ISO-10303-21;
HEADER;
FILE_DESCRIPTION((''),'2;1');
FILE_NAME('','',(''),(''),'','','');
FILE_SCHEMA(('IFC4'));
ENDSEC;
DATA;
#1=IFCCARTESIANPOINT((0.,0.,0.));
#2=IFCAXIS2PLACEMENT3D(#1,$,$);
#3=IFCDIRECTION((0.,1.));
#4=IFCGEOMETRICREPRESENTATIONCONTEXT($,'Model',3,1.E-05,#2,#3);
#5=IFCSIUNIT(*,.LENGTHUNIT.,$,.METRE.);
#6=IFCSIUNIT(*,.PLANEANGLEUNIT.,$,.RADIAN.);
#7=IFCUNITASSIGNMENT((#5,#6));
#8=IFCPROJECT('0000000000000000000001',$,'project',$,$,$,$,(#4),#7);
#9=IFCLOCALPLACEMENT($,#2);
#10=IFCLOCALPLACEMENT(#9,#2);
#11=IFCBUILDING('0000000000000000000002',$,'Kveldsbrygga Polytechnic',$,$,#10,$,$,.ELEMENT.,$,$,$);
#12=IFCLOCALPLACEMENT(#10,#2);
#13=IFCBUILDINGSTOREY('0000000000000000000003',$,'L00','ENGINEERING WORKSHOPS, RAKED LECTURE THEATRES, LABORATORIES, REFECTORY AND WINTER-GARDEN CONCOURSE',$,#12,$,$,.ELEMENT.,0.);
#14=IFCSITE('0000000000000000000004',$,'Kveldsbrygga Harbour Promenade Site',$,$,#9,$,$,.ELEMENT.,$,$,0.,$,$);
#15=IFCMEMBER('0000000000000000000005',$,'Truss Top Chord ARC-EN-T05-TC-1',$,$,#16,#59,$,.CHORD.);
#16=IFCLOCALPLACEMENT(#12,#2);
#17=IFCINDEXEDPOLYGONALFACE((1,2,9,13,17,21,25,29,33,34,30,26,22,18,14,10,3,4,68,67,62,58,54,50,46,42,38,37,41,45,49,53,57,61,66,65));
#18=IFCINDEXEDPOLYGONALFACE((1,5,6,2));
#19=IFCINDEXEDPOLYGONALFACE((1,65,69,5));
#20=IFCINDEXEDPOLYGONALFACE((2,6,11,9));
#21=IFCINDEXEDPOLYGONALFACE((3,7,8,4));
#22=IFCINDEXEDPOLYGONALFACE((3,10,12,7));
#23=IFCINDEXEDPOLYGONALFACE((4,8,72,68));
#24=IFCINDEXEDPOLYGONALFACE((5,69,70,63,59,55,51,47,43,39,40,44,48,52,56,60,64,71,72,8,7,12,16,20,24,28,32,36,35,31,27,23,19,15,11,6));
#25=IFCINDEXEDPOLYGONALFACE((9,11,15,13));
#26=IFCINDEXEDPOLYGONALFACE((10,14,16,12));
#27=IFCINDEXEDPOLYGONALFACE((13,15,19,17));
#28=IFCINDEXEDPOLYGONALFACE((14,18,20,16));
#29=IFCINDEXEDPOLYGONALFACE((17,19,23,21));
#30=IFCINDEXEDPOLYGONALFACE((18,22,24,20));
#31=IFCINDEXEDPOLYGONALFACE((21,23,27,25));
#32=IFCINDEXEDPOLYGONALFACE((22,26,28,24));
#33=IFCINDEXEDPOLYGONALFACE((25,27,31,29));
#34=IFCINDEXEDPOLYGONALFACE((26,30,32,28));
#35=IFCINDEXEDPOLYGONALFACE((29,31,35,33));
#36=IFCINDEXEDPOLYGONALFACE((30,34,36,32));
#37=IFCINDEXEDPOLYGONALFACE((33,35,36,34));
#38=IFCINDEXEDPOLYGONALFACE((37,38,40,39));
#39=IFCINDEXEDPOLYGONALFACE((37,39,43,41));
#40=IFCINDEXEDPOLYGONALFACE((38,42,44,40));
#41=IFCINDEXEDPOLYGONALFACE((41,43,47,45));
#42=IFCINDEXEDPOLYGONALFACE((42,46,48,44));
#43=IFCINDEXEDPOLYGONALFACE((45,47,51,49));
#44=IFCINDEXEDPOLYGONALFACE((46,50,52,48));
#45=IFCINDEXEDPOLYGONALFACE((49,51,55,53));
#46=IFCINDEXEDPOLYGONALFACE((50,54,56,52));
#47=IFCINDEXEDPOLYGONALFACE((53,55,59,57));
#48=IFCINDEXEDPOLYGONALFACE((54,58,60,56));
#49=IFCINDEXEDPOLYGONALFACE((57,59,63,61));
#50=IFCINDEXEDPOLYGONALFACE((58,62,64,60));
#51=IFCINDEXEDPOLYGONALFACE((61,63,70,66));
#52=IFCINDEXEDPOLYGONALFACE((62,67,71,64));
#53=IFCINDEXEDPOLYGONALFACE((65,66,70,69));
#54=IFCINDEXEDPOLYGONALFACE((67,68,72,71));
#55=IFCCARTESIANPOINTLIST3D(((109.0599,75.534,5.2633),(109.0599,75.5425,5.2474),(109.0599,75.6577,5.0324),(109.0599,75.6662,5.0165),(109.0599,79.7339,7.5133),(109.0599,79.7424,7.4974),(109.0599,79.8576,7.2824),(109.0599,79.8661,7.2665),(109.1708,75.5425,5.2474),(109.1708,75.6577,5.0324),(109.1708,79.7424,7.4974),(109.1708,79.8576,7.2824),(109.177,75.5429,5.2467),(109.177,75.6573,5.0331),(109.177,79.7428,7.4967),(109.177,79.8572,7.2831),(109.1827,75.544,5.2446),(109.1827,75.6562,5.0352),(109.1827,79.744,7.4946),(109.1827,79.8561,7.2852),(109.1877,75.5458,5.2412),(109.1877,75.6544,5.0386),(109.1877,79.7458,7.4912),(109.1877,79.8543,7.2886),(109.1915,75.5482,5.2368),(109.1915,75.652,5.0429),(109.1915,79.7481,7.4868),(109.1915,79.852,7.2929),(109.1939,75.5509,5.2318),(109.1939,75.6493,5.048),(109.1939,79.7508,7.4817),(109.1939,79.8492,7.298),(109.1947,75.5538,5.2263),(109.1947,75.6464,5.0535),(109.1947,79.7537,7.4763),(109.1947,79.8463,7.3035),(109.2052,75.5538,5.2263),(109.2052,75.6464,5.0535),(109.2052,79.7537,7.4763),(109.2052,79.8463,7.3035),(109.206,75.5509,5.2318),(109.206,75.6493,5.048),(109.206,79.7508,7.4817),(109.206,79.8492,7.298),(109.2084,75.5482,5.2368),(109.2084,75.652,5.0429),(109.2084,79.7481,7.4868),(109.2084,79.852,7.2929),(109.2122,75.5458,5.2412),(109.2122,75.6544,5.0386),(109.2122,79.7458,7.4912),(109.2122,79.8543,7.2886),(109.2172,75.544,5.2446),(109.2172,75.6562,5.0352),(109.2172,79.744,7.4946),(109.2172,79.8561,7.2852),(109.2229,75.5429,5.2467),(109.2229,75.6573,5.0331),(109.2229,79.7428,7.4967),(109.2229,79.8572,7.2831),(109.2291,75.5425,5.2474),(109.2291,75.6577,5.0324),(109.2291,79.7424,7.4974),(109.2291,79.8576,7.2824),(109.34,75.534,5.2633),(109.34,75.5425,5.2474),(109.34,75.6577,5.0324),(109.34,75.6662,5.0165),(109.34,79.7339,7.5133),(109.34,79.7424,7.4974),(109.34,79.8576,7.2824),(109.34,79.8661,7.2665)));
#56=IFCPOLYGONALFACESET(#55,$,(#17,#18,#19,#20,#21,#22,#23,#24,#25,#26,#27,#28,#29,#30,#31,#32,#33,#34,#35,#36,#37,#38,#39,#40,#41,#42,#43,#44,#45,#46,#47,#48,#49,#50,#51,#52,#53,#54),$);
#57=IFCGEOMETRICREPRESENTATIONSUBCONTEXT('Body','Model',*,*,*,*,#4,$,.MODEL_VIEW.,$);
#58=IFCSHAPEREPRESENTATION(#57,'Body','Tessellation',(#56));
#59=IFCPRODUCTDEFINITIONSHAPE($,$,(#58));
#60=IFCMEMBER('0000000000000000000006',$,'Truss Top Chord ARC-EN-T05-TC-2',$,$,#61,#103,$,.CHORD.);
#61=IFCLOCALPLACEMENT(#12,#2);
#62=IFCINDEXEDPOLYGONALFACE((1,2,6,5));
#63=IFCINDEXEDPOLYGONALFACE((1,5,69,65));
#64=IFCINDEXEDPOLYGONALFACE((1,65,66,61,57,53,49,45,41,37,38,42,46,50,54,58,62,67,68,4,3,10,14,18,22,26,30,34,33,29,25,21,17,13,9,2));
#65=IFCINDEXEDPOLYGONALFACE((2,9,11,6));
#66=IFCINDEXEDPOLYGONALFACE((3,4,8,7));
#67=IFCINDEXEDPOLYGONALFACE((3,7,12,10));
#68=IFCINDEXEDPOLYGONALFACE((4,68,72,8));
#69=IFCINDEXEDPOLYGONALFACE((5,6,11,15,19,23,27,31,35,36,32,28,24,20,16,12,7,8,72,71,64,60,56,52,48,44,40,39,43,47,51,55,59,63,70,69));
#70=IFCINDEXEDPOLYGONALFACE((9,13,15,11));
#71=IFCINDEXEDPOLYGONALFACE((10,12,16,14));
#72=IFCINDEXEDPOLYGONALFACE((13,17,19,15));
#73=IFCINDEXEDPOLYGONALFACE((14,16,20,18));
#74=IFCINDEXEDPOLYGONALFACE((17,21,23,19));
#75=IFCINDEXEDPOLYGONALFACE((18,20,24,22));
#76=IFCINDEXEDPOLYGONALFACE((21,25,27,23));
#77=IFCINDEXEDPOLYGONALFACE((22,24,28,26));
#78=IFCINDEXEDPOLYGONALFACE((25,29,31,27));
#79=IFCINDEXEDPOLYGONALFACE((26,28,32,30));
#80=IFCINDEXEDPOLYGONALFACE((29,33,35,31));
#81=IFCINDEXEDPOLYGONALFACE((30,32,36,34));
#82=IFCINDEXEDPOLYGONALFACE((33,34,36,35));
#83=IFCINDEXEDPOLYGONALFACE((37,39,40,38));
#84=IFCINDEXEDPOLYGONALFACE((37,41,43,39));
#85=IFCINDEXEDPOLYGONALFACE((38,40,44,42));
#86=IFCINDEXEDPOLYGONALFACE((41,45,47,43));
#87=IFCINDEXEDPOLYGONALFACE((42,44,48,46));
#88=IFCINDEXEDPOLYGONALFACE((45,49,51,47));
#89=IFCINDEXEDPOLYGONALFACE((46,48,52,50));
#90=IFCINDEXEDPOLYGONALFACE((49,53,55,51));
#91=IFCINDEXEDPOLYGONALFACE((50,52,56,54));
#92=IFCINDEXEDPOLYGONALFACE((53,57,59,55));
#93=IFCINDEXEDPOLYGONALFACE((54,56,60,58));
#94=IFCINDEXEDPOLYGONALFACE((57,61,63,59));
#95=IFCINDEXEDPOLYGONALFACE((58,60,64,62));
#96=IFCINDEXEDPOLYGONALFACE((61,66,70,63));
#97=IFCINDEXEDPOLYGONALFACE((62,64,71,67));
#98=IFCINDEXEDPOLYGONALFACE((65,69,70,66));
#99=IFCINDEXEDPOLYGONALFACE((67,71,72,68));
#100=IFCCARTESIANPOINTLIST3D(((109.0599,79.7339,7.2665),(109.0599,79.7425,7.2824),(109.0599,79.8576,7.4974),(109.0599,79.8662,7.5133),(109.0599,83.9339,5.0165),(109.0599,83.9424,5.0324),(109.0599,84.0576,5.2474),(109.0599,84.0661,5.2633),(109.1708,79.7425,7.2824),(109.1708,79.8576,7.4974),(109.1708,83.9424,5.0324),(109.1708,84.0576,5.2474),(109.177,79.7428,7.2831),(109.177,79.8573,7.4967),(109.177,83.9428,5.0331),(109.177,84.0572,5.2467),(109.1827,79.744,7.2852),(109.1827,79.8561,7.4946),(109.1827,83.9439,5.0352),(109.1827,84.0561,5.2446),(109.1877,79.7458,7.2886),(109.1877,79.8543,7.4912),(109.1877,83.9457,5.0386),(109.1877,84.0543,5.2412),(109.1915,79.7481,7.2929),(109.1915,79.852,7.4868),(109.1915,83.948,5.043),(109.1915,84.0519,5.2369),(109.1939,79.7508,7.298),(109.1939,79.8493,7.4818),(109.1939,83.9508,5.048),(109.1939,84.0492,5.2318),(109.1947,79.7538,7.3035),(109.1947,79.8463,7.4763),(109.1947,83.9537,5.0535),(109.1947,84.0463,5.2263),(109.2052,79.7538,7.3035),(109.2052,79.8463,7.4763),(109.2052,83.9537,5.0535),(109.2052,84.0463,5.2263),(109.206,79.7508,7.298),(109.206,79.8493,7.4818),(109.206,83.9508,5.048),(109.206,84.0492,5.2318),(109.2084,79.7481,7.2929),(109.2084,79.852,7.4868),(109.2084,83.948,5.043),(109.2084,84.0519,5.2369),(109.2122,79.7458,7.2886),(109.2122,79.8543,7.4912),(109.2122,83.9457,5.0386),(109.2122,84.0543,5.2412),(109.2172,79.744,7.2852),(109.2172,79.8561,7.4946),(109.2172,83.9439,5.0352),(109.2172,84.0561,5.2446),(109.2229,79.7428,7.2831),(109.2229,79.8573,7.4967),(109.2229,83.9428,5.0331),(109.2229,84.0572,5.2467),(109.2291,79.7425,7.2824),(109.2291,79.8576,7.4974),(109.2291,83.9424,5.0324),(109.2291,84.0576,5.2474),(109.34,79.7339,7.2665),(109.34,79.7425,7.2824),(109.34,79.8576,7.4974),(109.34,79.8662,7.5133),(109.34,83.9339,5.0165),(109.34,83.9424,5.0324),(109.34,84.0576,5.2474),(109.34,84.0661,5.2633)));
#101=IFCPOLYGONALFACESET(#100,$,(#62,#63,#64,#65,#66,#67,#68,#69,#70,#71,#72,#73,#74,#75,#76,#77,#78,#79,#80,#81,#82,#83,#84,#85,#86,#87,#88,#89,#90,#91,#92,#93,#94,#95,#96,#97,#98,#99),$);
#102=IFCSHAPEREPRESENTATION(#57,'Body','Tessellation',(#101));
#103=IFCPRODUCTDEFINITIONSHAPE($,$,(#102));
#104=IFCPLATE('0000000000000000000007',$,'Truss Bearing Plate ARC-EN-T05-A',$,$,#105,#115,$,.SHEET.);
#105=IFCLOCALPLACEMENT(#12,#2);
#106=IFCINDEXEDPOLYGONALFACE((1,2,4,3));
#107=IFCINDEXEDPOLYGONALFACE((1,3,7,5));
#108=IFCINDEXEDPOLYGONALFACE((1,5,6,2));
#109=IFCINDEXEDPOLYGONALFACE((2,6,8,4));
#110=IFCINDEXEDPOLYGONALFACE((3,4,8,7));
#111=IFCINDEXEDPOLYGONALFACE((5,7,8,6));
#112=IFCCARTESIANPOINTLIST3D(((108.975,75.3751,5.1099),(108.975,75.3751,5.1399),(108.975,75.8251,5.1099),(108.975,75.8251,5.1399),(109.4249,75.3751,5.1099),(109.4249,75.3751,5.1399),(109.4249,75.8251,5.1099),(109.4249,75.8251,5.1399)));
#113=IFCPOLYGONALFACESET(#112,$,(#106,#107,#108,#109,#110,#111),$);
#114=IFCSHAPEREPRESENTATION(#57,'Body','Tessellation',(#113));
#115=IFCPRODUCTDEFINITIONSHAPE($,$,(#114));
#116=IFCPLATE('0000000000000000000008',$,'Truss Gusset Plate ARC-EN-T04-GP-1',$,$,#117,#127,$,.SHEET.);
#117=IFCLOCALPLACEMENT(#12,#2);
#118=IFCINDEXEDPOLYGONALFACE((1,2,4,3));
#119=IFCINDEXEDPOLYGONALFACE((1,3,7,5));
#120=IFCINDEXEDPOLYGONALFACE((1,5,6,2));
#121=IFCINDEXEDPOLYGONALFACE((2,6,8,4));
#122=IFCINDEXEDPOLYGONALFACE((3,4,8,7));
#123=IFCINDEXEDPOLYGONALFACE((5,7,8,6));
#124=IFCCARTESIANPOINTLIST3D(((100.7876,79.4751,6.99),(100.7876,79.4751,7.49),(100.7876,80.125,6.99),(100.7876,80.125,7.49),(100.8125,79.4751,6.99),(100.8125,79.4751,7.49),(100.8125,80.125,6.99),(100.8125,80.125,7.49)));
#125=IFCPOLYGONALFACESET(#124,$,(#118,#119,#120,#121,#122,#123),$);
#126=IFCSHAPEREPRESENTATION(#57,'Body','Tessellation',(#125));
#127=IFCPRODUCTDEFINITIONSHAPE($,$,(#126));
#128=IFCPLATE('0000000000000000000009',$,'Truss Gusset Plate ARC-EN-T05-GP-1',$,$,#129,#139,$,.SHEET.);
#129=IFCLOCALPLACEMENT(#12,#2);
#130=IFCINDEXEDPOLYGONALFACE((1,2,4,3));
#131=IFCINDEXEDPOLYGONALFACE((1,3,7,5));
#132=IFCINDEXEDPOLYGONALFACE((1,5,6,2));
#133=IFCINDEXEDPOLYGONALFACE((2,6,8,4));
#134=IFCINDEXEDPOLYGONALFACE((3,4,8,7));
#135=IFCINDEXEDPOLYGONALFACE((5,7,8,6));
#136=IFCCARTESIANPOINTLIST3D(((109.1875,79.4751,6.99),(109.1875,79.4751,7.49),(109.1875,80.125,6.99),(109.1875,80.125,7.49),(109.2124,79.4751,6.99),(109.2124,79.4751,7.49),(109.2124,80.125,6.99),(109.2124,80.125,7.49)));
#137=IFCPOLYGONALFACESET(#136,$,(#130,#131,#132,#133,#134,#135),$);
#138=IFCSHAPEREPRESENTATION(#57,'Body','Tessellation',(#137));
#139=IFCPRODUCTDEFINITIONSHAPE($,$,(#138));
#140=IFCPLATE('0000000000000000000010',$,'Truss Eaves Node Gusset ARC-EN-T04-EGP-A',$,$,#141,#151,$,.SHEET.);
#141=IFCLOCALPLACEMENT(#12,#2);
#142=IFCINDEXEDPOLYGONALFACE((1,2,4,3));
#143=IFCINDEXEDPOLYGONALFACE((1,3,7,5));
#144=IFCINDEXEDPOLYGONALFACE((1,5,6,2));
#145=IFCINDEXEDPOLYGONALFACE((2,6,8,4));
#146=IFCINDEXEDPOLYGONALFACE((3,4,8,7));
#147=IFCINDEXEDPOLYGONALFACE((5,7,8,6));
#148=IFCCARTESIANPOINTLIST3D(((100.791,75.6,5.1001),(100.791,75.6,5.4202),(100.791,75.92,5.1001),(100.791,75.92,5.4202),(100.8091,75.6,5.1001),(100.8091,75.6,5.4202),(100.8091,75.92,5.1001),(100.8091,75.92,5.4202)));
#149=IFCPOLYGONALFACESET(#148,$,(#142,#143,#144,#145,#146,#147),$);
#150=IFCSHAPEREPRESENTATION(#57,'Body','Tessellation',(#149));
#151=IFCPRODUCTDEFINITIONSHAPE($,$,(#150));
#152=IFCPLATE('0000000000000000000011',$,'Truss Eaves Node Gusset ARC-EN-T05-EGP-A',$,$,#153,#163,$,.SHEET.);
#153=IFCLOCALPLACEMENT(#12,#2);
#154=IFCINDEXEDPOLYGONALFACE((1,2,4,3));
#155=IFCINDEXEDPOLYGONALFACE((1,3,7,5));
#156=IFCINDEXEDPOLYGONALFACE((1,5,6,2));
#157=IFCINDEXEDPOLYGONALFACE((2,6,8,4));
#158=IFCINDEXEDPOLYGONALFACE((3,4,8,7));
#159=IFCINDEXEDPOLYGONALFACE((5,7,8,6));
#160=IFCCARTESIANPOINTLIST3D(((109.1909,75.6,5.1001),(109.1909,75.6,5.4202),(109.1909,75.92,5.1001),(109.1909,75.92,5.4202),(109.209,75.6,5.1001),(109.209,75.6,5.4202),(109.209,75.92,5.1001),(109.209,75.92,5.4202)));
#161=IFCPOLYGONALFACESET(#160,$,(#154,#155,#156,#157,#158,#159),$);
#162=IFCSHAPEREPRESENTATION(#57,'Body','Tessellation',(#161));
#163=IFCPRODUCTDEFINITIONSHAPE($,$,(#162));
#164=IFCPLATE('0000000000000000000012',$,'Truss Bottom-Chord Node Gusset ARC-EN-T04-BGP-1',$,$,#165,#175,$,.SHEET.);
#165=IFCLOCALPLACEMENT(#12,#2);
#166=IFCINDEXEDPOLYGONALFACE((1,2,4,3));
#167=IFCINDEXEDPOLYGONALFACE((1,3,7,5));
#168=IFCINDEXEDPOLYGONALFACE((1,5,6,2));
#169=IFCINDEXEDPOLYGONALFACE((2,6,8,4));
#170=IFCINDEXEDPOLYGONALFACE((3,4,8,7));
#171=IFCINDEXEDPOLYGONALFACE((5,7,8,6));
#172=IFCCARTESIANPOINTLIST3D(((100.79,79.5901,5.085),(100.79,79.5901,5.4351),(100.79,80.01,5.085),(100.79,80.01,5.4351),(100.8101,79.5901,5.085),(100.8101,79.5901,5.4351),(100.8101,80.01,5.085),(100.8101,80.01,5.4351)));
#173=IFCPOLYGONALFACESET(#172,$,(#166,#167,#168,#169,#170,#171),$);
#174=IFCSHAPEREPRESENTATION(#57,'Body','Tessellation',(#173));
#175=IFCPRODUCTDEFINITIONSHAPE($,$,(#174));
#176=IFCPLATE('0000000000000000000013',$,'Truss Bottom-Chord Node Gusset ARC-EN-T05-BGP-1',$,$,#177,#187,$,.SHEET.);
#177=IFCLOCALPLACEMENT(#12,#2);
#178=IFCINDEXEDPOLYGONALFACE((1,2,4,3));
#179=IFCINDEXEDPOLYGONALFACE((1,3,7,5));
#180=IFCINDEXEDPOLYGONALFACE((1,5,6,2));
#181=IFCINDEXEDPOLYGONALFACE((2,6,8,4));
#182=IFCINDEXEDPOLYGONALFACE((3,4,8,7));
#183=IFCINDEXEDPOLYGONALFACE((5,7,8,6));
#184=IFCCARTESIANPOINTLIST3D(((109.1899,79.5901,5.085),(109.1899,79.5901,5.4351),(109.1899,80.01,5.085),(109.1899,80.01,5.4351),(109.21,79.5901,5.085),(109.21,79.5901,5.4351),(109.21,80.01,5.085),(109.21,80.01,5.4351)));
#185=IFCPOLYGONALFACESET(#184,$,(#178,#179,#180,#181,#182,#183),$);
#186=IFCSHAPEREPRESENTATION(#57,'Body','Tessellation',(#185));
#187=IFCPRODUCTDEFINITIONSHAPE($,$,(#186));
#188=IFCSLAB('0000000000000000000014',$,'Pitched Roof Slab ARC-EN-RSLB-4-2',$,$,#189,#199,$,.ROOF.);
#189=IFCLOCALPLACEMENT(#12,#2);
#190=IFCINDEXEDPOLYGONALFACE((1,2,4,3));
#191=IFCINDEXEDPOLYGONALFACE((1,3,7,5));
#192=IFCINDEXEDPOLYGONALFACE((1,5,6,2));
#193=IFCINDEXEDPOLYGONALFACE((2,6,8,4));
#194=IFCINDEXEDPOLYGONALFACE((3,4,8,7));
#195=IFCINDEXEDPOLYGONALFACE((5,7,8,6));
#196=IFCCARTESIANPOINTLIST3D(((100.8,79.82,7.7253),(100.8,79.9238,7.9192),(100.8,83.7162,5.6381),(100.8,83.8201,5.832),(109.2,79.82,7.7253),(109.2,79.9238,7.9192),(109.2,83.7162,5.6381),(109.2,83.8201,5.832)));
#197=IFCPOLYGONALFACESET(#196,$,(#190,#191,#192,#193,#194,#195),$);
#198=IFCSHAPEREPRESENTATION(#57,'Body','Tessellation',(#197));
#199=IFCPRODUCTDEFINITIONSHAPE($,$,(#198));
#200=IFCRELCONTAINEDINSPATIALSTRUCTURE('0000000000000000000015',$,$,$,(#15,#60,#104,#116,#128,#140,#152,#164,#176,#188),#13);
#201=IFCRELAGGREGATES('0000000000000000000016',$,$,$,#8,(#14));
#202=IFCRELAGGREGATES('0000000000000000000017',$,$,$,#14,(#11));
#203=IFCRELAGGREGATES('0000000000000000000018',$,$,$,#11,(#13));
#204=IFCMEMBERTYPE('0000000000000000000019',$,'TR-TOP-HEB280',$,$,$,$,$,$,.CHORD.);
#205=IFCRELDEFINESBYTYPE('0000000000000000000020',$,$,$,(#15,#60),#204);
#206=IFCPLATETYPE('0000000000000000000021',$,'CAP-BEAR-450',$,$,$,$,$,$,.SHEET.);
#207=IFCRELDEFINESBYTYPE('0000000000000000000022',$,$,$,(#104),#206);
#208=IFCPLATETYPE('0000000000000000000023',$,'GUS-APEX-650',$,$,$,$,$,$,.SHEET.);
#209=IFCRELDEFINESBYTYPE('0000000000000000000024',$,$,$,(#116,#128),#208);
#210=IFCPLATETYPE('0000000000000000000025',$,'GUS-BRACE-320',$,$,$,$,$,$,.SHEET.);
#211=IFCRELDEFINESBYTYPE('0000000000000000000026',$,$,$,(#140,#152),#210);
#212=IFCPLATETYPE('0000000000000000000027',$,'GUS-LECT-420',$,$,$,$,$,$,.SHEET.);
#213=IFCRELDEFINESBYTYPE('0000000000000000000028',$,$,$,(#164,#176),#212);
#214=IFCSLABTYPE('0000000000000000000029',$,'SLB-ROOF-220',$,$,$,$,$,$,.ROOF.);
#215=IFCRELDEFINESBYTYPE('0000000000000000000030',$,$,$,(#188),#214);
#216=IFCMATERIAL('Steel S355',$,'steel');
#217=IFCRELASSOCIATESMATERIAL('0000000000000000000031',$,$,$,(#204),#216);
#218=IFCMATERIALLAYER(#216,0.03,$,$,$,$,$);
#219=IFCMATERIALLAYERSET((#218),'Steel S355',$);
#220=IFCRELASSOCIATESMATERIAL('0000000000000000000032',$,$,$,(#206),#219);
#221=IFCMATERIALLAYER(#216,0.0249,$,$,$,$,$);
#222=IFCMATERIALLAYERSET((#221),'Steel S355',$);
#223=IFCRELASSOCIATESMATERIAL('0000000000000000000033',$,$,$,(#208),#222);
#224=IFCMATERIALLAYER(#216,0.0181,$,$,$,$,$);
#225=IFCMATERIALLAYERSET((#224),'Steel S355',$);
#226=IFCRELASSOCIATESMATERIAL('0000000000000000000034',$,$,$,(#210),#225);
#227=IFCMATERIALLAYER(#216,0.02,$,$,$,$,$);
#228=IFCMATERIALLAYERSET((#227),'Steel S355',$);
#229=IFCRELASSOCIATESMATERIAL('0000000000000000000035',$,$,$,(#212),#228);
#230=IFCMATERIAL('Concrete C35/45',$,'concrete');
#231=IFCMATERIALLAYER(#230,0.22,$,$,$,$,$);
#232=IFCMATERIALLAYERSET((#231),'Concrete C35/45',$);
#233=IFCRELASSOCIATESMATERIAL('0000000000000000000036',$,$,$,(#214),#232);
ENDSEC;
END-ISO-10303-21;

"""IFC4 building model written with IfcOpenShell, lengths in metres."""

from ifc_helpers import new_model, si_unit, direction, frame, origin, origin_2d, place, context, subcontext, project, spatial, polyline, rectangle, i_section, outline, extrude, material, layer, layer_set, material_profile, profile_set, type_object, element, save


model = new_model("IFC4")

# Units and contexts
model_context = context("Model", 3, precision=1e-05, world=origin(), true_north=direction((0.0, 1.0)))
body_context = subcontext(model_context, "Body", "Model", "MODEL_VIEW")
ifc_project = project(units=[si_unit("LENGTHUNIT", "METRE"), si_unit("PLANEANGLEUNIT", "RADIAN")], contexts=[model_context])

# Site, building, storey
site_placement = place(None, origin())
site = spatial("IfcSite", under=ifc_project, at=site_placement, Name="Kveldsbrygga Harbour Promenade Site", CompositionType="ELEMENT", RefElevation=0.0)
building_placement = place(site_placement, origin())
building = spatial("IfcBuilding", under=site, at=building_placement, Name="Kveldsbrygga Polytechnic", CompositionType="ELEMENT")
storey_placement = place(building_placement, origin())
storey = spatial("IfcBuildingStorey", under=building, at=storey_placement, Name="L00", Description="ENGINEERING WORKSHOPS, RAKED LECTURE THEATRES, LABORATORIES, REFECTORY AND WINTER-GARDEN CONCOURSE", CompositionType="ELEMENT", Elevation=0.0)

# Shared definitions
ifc_material_1 = material(Name="Concrete C35/45", Category="concrete")

# Members
ifc_material_2 = material(Name="Steel S355", Category="steel")
ifc_material_profile_1 = material_profile(ifc_material_2, i_section(OverallWidth=0.28, OverallDepth=0.28, WebThickness=0.0105, FlangeThickness=0.0181, FilletRadius=0.0239, at=origin_2d()), Name="HEB 280")
ifc_profile_set_1 = profile_set([ifc_material_profile_1], Name="Steel S355")
member_type_1 = type_object("IfcMemberType", Name="TR-TOP-HEB280", PredefinedType="CHORD", material=ifc_profile_set_1)
for number, where, z_axis, x_axis, name in (
    (1, (109.2, 75.6001, 5.1399), (0.0, 0.881478, 0.472226), (-1.0, 0.0, 0.0), "Truss Top Chord ARC-EN-T05-TC-1"),
    (2, (109.2, 79.8, 7.3899), (0.0, 0.881478, -0.472226), (-1.0, 0.0, 0.0), "Truss Top Chord ARC-EN-T05-TC-2"),
):
    element("IfcMember", number, at=place(storey_placement, frame(where, z_axis=z_axis, x_axis=x_axis)), inside=storey, type_object=member_type_1, Name=name, PredefinedType="CHORD", context=body_context, shape_type="SweptSolid", body=[
        extrude(i_section(OverallWidth=0.28, OverallDepth=0.28, WebThickness=0.0105, FlangeThickness=0.0181, FilletRadius=0.0239, at=origin_2d()), origin(), (0.0, 0.0, 1.0), 4.7646),
    ])

# Plates
ifc_layer_1 = layer(ifc_material_2, 0.03)
ifc_layer_set_1 = layer_set([ifc_layer_1], Name="Steel S355")
plate_type_1 = type_object("IfcPlateType", Name="CAP-BEAR-450", PredefinedType="SHEET", material=ifc_layer_set_1)
plate_placement = place(storey_placement, frame((109.2, 75.6001, 5.1099), z_axis=(0.0, 0.0, 1.0), x_axis=(1.0, 0.0, 0.0)))
element("IfcPlate", 3, at=plate_placement, inside=storey, type_object=plate_type_1, Name="Truss Bearing Plate ARC-EN-T05-A", PredefinedType="SHEET", context=body_context, shape_type="SweptSolid", body=[
    extrude(rectangle(XDim=0.45, YDim=0.45, at=origin_2d()), origin(), (0.0, 0.0, 1.0), 0.03),
])
ifc_layer_2 = layer(ifc_material_2, 0.0249)
ifc_layer_set_2 = layer_set([ifc_layer_2], Name="Steel S355")
plate_type_2 = type_object("IfcPlateType", Name="GUS-APEX-650", PredefinedType="SHEET", material=ifc_layer_set_2)
for number, where, z_axis, x_axis, name in (
    (4, (100.8, 79.8, 6.99), (0.0, 0.0, 1.0), (1.0, 0.0, 0.0), "Truss Gusset Plate ARC-EN-T04-GP-1"),
    (5, (109.2, 79.8, 6.99), (0.0, 0.0, 1.0), (1.0, 0.0, 0.0), "Truss Gusset Plate ARC-EN-T05-GP-1"),
):
    element("IfcPlate", number, at=place(storey_placement, frame(where, z_axis=z_axis, x_axis=x_axis)), inside=storey, type_object=plate_type_2, Name=name, PredefinedType="SHEET", context=body_context, shape_type="SweptSolid", body=[
        extrude(rectangle(XDim=0.0249, YDim=0.6499, at=origin_2d()), origin(), (0.0, 0.0, 1.0), 0.5),
    ])
ifc_layer_3 = layer(ifc_material_2, 0.0181)
ifc_layer_set_3 = layer_set([ifc_layer_3], Name="Steel S355")
plate_type_3 = type_object("IfcPlateType", Name="GUS-BRACE-320", PredefinedType="SHEET", material=ifc_layer_set_3)
for number, where, z_axis, x_axis, name in (
    (6, (100.8, 75.76, 5.1001), (0.0, 0.0, 1.0), (1.0, 0.0, 0.0), "Truss Eaves Node Gusset ARC-EN-T04-EGP-A"),
    (7, (109.2, 75.76, 5.1001), (0.0, 0.0, 1.0), (1.0, 0.0, 0.0), "Truss Eaves Node Gusset ARC-EN-T05-EGP-A"),
):
    element("IfcPlate", number, at=place(storey_placement, frame(where, z_axis=z_axis, x_axis=x_axis)), inside=storey, type_object=plate_type_3, Name=name, PredefinedType="SHEET", context=body_context, shape_type="SweptSolid", body=[
        extrude(rectangle(XDim=0.0181, YDim=0.3201, at=origin_2d()), origin(), (0.0, 0.0, 1.0), 0.3201),
    ])
ifc_layer_4 = layer(ifc_material_2, 0.02)
ifc_layer_set_4 = layer_set([ifc_layer_4], Name="Steel S355")
plate_type_4 = type_object("IfcPlateType", Name="GUS-LECT-420", PredefinedType="SHEET", material=ifc_layer_set_4)
for number, where, z_axis, x_axis, name in (
    (8, (100.8, 79.8, 5.085), (0.0, 0.0, 1.0), (1.0, 0.0, 0.0), "Truss Bottom-Chord Node Gusset ARC-EN-T04-BGP-1"),
    (9, (109.2, 79.8, 5.085), (0.0, 0.0, 1.0), (1.0, 0.0, 0.0), "Truss Bottom-Chord Node Gusset ARC-EN-T05-BGP-1"),
):
    element("IfcPlate", number, at=place(storey_placement, frame(where, z_axis=z_axis, x_axis=x_axis)), inside=storey, type_object=plate_type_4, Name=name, PredefinedType="SHEET", context=body_context, shape_type="SweptSolid", body=[
        extrude(rectangle(XDim=0.02, YDim=0.4199, at=origin_2d()), origin(), (0.0, 0.0, 1.0), 0.3501),
    ])

# Slab
ifc_layer_5 = layer(ifc_material_1, 0.22)
ifc_layer_set_5 = layer_set([ifc_layer_5], Name="Concrete C35/45")
slab_type = type_object("IfcSlabType", Name="SLB-ROOF-220", PredefinedType="ROOF", material=ifc_layer_set_5)
slab_1_placement = place(storey_placement, frame((100.8, 79.9238, 7.9192), z_axis=(0.0, 0.472201, 0.881491), x_axis=(1.0, 0.0, 0.0)))
element("IfcSlab", 10, at=slab_1_placement, inside=storey, type_object=slab_type, Name="Pitched Roof Slab ARC-EN-RSLB-4-2", PredefinedType="ROOF", context=body_context, shape_type="SweptSolid", body=[
    extrude(outline(polyline([(0.0, 0.0), (8.3999, 0.0), (8.3999, 4.4201), (0.0, 4.4201), (0.0, 0.0)])), origin(), (0.0, 0.0, -1.0), 0.22),
])

save(model, "model.ifc")
